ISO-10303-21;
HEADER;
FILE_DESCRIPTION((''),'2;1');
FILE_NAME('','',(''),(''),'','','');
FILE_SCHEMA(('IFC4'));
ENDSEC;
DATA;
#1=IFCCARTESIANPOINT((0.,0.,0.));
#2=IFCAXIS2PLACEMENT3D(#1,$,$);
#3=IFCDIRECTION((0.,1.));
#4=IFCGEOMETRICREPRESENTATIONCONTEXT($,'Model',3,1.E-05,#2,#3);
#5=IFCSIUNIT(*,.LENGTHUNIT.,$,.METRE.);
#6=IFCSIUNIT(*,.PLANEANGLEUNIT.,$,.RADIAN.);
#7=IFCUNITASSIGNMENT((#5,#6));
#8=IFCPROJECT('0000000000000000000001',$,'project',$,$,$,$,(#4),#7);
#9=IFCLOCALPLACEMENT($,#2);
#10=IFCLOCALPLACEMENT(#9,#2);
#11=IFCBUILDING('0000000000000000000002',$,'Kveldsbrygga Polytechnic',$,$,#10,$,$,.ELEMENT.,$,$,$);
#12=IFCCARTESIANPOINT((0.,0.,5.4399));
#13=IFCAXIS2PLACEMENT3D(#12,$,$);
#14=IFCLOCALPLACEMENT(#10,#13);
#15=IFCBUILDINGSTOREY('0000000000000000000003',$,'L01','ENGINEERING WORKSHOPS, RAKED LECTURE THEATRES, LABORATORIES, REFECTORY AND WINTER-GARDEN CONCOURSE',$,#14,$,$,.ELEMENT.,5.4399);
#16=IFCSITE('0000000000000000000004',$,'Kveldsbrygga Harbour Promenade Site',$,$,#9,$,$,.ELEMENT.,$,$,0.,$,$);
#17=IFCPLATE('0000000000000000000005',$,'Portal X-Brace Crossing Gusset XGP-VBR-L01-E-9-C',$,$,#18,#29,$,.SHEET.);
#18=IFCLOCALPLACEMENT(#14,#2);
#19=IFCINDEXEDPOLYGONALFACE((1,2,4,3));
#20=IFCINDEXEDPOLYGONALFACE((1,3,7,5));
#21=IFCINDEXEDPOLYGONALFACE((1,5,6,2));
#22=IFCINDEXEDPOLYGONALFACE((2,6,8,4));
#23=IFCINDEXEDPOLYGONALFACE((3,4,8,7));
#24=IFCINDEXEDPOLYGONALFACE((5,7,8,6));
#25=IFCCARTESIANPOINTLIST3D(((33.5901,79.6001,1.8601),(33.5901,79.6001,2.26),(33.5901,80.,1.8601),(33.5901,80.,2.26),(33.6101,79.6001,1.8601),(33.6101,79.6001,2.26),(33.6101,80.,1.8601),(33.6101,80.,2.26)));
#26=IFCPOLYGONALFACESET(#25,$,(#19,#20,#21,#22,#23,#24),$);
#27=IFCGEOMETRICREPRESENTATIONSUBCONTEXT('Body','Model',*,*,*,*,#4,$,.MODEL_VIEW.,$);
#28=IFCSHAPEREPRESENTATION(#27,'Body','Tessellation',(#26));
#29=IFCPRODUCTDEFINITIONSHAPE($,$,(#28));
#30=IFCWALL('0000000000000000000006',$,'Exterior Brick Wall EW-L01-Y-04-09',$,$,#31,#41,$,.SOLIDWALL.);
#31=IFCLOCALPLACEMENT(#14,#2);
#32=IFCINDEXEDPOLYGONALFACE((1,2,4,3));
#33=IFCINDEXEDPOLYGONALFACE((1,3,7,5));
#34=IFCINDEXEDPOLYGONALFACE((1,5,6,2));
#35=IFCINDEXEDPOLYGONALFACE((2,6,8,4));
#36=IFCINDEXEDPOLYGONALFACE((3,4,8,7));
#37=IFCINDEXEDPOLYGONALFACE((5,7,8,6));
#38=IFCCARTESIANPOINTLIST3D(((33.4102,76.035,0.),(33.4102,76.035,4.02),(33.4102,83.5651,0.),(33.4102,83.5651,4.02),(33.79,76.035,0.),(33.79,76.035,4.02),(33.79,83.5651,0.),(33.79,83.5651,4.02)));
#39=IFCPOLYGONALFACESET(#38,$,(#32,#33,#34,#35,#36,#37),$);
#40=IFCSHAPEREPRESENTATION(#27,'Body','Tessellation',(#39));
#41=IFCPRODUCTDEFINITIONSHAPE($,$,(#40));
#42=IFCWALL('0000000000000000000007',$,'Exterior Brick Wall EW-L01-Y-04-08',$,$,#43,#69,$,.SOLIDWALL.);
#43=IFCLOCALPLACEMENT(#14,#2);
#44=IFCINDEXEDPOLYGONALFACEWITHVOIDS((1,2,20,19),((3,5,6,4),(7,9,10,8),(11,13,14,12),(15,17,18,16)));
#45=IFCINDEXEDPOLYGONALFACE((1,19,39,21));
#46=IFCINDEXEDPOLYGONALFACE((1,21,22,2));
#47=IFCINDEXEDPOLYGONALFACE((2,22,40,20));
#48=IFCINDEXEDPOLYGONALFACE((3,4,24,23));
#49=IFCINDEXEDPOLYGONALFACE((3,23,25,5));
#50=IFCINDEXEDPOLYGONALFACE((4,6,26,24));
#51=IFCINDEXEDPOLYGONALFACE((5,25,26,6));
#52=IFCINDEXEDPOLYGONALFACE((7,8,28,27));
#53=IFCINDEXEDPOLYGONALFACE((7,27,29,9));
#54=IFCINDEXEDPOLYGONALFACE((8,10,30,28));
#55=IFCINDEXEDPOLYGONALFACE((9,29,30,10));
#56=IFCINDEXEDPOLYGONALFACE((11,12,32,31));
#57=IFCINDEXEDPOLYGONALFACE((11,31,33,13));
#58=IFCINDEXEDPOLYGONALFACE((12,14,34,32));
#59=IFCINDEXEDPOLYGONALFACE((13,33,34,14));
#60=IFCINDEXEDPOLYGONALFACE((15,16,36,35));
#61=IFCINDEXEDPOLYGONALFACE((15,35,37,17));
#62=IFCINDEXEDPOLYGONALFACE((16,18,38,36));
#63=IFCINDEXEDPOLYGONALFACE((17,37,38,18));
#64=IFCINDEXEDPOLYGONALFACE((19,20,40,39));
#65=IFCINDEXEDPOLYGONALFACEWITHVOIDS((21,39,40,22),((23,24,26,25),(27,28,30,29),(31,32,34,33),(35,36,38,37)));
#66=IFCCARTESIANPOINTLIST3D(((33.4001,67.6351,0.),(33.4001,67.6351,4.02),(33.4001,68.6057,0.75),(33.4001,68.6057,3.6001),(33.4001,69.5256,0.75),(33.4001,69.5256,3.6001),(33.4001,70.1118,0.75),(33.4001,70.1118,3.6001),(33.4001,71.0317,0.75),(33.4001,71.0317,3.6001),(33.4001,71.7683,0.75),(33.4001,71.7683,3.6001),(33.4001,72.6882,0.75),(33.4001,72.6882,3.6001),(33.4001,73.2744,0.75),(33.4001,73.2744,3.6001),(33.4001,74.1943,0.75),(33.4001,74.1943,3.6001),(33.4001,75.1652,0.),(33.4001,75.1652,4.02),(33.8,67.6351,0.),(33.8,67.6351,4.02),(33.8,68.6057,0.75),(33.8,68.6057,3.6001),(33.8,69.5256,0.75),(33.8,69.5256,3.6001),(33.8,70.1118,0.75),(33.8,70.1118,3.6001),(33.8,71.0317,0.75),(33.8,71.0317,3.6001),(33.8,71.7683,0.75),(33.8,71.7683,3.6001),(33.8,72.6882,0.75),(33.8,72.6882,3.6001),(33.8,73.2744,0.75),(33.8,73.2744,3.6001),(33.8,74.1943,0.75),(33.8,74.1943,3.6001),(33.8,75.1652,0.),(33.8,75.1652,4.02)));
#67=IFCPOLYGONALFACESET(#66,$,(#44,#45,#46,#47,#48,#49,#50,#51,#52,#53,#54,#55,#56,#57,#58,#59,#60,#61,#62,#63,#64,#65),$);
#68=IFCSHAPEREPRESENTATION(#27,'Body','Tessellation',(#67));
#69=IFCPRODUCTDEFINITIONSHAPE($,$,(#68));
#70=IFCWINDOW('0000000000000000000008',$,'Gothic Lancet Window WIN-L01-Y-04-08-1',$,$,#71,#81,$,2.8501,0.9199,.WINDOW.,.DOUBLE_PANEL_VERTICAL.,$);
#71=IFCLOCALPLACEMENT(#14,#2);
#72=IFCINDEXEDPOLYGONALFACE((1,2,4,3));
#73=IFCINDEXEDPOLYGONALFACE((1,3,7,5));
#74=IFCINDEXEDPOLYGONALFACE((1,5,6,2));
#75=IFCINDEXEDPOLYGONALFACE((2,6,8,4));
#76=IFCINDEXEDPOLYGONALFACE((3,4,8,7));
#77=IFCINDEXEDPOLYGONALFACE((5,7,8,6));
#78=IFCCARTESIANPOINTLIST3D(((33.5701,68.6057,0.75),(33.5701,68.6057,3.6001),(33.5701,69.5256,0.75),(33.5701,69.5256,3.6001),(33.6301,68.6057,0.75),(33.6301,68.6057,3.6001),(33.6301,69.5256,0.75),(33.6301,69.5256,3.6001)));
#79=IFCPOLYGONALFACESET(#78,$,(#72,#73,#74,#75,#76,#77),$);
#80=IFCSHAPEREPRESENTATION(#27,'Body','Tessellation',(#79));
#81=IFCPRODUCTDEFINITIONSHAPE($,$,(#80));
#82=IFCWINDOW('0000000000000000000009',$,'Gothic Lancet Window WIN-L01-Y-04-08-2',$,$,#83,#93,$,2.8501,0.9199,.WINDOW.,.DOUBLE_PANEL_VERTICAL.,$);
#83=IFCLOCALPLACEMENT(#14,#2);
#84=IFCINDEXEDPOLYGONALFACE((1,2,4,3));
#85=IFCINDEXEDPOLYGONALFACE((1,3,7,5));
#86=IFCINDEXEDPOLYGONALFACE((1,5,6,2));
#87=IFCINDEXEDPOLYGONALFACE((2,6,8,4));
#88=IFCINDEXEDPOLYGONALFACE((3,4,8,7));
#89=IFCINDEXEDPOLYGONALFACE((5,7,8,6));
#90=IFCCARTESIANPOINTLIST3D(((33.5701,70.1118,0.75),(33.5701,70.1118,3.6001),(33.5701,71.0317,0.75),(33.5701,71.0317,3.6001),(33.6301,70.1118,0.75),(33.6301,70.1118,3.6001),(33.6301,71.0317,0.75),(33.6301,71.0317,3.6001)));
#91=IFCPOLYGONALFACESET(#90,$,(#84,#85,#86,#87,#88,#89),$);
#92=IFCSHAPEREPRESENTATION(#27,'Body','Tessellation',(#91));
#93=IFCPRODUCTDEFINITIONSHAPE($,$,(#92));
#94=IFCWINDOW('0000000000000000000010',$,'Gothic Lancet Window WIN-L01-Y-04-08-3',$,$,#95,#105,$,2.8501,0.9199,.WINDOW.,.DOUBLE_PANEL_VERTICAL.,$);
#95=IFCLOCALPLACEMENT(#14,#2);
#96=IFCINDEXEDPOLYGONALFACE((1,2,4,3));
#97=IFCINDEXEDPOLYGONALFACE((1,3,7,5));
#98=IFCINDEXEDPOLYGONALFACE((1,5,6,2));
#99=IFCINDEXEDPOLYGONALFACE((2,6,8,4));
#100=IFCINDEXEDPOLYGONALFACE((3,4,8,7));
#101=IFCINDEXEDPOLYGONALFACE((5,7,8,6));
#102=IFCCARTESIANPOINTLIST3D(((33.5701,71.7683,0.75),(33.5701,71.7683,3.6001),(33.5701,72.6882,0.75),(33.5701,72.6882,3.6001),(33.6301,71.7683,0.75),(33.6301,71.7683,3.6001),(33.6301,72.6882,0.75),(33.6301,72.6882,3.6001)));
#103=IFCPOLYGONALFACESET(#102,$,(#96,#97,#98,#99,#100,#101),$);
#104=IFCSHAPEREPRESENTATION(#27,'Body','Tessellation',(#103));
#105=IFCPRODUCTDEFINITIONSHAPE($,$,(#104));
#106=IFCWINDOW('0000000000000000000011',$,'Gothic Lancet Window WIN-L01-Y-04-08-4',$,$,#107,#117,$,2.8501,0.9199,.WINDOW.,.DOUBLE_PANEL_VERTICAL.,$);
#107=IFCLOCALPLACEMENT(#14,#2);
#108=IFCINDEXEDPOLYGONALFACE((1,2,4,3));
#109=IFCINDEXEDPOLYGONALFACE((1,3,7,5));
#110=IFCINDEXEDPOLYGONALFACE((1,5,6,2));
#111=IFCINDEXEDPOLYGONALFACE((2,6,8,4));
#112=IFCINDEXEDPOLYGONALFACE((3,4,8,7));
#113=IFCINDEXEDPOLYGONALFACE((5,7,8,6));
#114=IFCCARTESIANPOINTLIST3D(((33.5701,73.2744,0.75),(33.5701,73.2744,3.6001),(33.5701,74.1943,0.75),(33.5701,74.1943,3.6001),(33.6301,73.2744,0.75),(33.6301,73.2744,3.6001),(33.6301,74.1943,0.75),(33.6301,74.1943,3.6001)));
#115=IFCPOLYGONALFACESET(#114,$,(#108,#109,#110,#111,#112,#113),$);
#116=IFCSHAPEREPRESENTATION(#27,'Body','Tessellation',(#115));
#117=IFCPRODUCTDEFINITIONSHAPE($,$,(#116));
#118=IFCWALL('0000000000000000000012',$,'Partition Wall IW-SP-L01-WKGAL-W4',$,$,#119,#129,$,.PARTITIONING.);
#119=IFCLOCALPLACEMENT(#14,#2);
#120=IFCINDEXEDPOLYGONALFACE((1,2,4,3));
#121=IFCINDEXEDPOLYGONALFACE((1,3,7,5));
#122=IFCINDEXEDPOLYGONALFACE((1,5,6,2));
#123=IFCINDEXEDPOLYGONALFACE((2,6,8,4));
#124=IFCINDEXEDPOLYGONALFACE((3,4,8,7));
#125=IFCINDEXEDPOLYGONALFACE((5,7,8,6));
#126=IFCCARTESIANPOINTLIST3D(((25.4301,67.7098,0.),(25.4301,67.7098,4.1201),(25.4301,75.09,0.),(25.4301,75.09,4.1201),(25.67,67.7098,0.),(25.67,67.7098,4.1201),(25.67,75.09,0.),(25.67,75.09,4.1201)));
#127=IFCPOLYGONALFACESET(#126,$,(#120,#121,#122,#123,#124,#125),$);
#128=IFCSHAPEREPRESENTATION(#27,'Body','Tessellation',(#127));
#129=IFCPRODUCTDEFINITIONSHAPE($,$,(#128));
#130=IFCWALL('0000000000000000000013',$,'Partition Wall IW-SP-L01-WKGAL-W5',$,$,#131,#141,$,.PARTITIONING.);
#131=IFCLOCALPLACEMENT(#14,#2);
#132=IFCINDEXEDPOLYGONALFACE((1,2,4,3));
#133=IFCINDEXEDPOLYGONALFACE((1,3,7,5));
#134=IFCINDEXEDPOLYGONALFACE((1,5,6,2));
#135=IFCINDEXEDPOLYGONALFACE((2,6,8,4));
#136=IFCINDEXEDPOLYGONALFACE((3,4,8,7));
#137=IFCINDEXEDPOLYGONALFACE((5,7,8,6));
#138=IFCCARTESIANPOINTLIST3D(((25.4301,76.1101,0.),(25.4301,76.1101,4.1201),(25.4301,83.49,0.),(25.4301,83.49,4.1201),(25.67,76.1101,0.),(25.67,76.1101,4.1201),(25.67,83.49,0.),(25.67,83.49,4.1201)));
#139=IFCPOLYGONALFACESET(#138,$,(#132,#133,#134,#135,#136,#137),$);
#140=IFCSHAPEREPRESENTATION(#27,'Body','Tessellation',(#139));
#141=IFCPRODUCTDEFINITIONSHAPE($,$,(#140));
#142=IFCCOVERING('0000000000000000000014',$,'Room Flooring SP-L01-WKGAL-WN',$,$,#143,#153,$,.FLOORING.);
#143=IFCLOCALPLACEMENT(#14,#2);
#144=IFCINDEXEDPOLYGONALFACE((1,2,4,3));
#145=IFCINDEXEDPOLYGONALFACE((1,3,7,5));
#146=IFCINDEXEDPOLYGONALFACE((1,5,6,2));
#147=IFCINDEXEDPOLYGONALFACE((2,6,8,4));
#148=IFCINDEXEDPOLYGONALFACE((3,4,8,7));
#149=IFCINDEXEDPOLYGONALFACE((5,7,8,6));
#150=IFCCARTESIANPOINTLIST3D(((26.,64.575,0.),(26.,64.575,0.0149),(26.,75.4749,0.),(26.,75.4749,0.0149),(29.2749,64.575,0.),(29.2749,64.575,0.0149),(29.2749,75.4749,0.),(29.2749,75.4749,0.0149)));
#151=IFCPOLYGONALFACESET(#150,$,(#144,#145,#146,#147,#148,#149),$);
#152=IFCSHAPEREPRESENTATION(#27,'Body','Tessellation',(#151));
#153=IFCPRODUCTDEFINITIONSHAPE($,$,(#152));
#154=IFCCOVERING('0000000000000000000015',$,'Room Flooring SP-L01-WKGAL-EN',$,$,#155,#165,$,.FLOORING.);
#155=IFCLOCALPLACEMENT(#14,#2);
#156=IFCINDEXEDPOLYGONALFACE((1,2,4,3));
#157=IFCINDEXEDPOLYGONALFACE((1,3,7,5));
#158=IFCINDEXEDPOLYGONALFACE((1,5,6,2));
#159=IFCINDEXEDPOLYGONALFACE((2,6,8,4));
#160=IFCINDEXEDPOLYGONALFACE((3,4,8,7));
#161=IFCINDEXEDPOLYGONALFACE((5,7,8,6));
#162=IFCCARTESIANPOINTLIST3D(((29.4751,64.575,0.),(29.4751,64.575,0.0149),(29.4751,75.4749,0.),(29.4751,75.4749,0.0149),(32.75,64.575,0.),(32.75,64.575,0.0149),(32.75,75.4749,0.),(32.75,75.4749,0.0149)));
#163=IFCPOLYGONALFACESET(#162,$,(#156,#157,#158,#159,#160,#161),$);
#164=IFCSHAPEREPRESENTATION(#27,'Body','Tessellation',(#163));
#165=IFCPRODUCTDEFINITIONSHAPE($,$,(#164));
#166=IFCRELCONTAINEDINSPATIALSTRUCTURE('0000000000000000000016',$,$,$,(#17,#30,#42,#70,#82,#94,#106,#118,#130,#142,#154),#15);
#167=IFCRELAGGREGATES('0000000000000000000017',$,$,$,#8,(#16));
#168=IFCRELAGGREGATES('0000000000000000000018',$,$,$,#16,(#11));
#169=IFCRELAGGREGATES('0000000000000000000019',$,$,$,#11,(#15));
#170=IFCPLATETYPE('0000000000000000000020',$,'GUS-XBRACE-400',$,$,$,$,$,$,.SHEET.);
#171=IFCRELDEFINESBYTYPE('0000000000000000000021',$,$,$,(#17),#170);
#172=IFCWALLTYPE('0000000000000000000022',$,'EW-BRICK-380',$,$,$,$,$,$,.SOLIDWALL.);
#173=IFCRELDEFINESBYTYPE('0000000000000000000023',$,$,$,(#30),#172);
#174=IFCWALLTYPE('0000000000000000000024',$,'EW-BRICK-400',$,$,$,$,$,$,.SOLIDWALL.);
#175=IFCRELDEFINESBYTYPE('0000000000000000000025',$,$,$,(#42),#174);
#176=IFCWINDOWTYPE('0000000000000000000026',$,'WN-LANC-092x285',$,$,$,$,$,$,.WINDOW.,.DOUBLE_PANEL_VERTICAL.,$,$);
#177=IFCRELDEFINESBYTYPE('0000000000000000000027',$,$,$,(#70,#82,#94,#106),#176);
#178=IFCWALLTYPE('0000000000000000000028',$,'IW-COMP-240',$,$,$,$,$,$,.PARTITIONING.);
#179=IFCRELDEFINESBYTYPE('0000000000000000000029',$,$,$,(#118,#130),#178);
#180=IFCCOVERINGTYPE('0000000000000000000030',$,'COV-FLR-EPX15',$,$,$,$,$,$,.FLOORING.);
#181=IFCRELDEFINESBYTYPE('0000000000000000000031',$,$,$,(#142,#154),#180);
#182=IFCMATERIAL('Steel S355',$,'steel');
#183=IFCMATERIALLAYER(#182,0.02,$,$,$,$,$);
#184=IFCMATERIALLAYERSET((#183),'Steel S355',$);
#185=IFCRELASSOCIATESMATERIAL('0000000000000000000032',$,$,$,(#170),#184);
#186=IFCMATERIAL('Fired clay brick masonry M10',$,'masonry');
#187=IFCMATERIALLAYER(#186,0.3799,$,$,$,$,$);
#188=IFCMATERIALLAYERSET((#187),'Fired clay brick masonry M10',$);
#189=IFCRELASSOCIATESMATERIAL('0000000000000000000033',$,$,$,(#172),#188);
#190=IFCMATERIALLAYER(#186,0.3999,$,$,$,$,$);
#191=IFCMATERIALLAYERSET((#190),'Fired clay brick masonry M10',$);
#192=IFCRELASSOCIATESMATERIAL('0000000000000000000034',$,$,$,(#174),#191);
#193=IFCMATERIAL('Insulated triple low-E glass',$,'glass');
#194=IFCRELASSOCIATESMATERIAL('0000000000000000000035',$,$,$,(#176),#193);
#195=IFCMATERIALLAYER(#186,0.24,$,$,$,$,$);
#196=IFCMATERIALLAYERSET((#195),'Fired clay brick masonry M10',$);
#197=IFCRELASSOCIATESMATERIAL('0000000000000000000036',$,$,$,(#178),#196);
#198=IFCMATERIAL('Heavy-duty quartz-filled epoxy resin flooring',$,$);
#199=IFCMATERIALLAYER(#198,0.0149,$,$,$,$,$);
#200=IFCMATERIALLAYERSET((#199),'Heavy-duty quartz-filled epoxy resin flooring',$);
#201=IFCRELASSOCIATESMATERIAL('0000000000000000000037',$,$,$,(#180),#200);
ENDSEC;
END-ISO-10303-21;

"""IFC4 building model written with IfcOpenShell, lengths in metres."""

from ifc_helpers import new_model, si_unit, direction, frame, frame_2d, origin, origin_2d, place, context, subcontext, project, spatial, rectangle, extrude, material, layer, layer_set, type_object, element, fill, save


model = new_model("IFC4")

# Units and contexts
model_context = context("Model", 3, precision=1e-05, world=origin(), true_north=direction((0.0, 1.0)))
body_context = subcontext(model_context, "Body", "Model", "MODEL_VIEW")
ifc_project = project(units=[si_unit("LENGTHUNIT", "METRE"), si_unit("PLANEANGLEUNIT", "RADIAN")], contexts=[model_context])

# Site, building, storey
site_placement = place(None, origin())
site = spatial("IfcSite", under=ifc_project, at=site_placement, Name="Kveldsbrygga Harbour Promenade Site", CompositionType="ELEMENT", RefElevation=0.0)
building_placement = place(site_placement, origin())
building = spatial("IfcBuilding", under=site, at=building_placement, Name="Kveldsbrygga Polytechnic", CompositionType="ELEMENT")
storey_placement = place(building_placement, frame((0.0, 0.0, 5.4399)))
storey = spatial("IfcBuildingStorey", under=building, at=storey_placement, Name="L01", Description="ENGINEERING WORKSHOPS, RAKED LECTURE THEATRES, LABORATORIES, REFECTORY AND WINTER-GARDEN CONCOURSE", CompositionType="ELEMENT", Elevation=5.4399)

# Shared definitions
ifc_material_1 = material(Name="Steel S355", Category="steel")

# Plate
ifc_layer_1 = layer(ifc_material_1, 0.02)
ifc_layer_set_1 = layer_set([ifc_layer_1], Name="Steel S355")
plate_type_1 = type_object("IfcPlateType", Name="GUS-XBRACE-400", PredefinedType="SHEET", material=ifc_layer_set_1)
for number, where, z_axis, x_axis, name in (
    (1, (33.6001, 79.8, 1.8601), (0.0, 0.0, 1.0), (1.0, 0.0, 0.0), "Portal X-Brace Crossing Gusset XGP-VBR-L01-E-9-C"),
):
    element("IfcPlate", number, at=place(storey_placement, frame(where, z_axis=z_axis, x_axis=x_axis)), inside=storey, type_object=plate_type_1, Name=name, PredefinedType="SHEET", context=body_context, shape_type="SweptSolid", body=[
        extrude(rectangle(XDim=0.02, YDim=0.3999, at=origin_2d()), origin(), (0.0, 0.0, 1.0), 0.3999),
    ])

# Wall
ifc_material_2 = material(Name="Fired clay brick masonry M10", Category="masonry")
ifc_layer_2 = layer(ifc_material_2, 0.3799)
ifc_layer_set_2 = layer_set([ifc_layer_2], Name="Fired clay brick masonry M10")
wall_type_1 = type_object("IfcWallType", Name="EW-BRICK-380", PredefinedType="SOLIDWALL", material=ifc_layer_set_2)
wall_1_placement = place(storey_placement, frame((33.6001, 76.0349, 0.0), z_axis=(0.0, 0.0, 1.0), x_axis=(0.0, 1.0, 0.0)))
element("IfcWall", 2, at=wall_1_placement, inside=storey, type_object=wall_type_1, Name="Exterior Brick Wall EW-L01-Y-04-09", PredefinedType="SOLIDWALL", context=body_context, shape_type="SweptSolid", body=[
    extrude(rectangle(XDim=7.53, YDim=0.3799, at=frame_2d((3.7651, 0.0))), origin(), (0.0, 0.0, 1.0), 4.02),
])

# Wall, openings, windows
ifc_layer_3 = layer(ifc_material_2, 0.3999)
ifc_layer_set_3 = layer_set([ifc_layer_3], Name="Fired clay brick masonry M10")
wall_type_2 = type_object("IfcWallType", Name="EW-BRICK-400", PredefinedType="SOLIDWALL", material=ifc_layer_set_3)
wall_2_placement = place(storey_placement, frame((33.6001, 67.635, 0.0), z_axis=(0.0, 0.0, 1.0), x_axis=(0.0, 1.0, 0.0)))
wall_2 = element("IfcWall", 3, at=wall_2_placement, inside=storey, type_object=wall_type_2, Name="Exterior Brick Wall EW-L01-Y-04-08", PredefinedType="SOLIDWALL", context=body_context, shape_type="SweptSolid", body=[
    extrude(rectangle(XDim=7.53, YDim=0.3999, at=frame_2d((3.7651, 0.0))), origin(), (0.0, 0.0, 1.0), 4.02),
])
opening_1_placement = place(wall_2_placement, frame((0.9707, 0.0, 0.75)))
opening_1 = element("IfcOpeningElement", 4, at=opening_1_placement, cuts=wall_2, PredefinedType="OPENING", context=body_context, shape_type="SweptSolid", body=[
    extrude(rectangle(XDim=0.9199, YDim=2.8501, at=frame_2d((0.46, 1.425))), frame((0.0, 0.21, 0.0), z_axis=(0.0, -1.0, 0.0), x_axis=(1.0, 0.0, 0.0)), (0.0, 0.0, 1.0), 0.4199),
])
opening_2_placement = place(wall_2_placement, frame((2.4768, 0.0, 0.75)))
opening_2 = element("IfcOpeningElement", 5, at=opening_2_placement, cuts=wall_2, PredefinedType="OPENING", context=body_context, shape_type="SweptSolid", body=[
    extrude(rectangle(XDim=0.9199, YDim=2.8501, at=frame_2d((0.46, 1.425))), frame((0.0, 0.21, 0.0), z_axis=(0.0, -1.0, 0.0), x_axis=(1.0, 0.0, 0.0)), (0.0, 0.0, 1.0), 0.4199),
])
opening_3_placement = place(wall_2_placement, frame((4.1333, 0.0, 0.75)))
opening_3 = element("IfcOpeningElement", 6, at=opening_3_placement, cuts=wall_2, PredefinedType="OPENING", context=body_context, shape_type="SweptSolid", body=[
    extrude(rectangle(XDim=0.9199, YDim=2.8501, at=frame_2d((0.46, 1.425))), frame((0.0, 0.21, 0.0), z_axis=(0.0, -1.0, 0.0), x_axis=(1.0, 0.0, 0.0)), (0.0, 0.0, 1.0), 0.4199),
])
opening_4_placement = place(wall_2_placement, frame((5.6394, 0.0, 0.75)))
opening_4 = element("IfcOpeningElement", 7, at=opening_4_placement, cuts=wall_2, PredefinedType="OPENING", context=body_context, shape_type="SweptSolid", body=[
    extrude(rectangle(XDim=0.9199, YDim=2.8501, at=frame_2d((0.46, 1.425))), frame((0.0, 0.21, 0.0), z_axis=(0.0, -1.0, 0.0), x_axis=(1.0, 0.0, 0.0)), (0.0, 0.0, 1.0), 0.4199),
])
ifc_material_3 = material(Name="Insulated triple low-E glass", Category="glass")
window_type = type_object("IfcWindowType", Name="WN-LANC-092x285", PartitioningType="DOUBLE_PANEL_VERTICAL", PredefinedType="WINDOW", material=ifc_material_3)
window_1_placement = place(opening_1_placement, origin())
window_1 = element("IfcWindow", 8, at=window_1_placement, inside=storey, type_object=window_type, Name="Gothic Lancet Window WIN-L01-Y-04-08-1", OverallHeight=2.8501, OverallWidth=0.9199, PartitioningType="DOUBLE_PANEL_VERTICAL", PredefinedType="WINDOW", context=body_context, shape_type="SweptSolid", body=[
    extrude(rectangle(XDim=0.9199, YDim=2.8501, at=frame_2d((0.46, 1.425))), frame((0.0, 0.03, 0.0), z_axis=(0.0, -1.0, 0.0), x_axis=(1.0, 0.0, 0.0)), (0.0, 0.0, 1.0), 0.0601),
])
fill(opening_1, window_1)
window_2_placement = place(opening_2_placement, origin())
window_2 = element("IfcWindow", 9, at=window_2_placement, inside=storey, type_object=window_type, Name="Gothic Lancet Window WIN-L01-Y-04-08-2", OverallHeight=2.8501, OverallWidth=0.9199, PartitioningType="DOUBLE_PANEL_VERTICAL", PredefinedType="WINDOW", context=body_context, shape_type="SweptSolid", body=[
    extrude(rectangle(XDim=0.9199, YDim=2.8501, at=frame_2d((0.46, 1.425))), frame((0.0, 0.03, 0.0), z_axis=(0.0, -1.0, 0.0), x_axis=(1.0, 0.0, 0.0)), (0.0, 0.0, 1.0), 0.0601),
])
fill(opening_2, window_2)
window_3_placement = place(opening_3_placement, origin())
window_3 = element("IfcWindow", 10, at=window_3_placement, inside=storey, type_object=window_type, Name="Gothic Lancet Window WIN-L01-Y-04-08-3", OverallHeight=2.8501, OverallWidth=0.9199, PartitioningType="DOUBLE_PANEL_VERTICAL", PredefinedType="WINDOW", context=body_context, shape_type="SweptSolid", body=[
    extrude(rectangle(XDim=0.9199, YDim=2.8501, at=frame_2d((0.46, 1.425))), frame((0.0, 0.03, 0.0), z_axis=(0.0, -1.0, 0.0), x_axis=(1.0, 0.0, 0.0)), (0.0, 0.0, 1.0), 0.0601),
])
fill(opening_3, window_3)
window_4_placement = place(opening_4_placement, origin())
window_4 = element("IfcWindow", 11, at=window_4_placement, inside=storey, type_object=window_type, Name="Gothic Lancet Window WIN-L01-Y-04-08-4", OverallHeight=2.8501, OverallWidth=0.9199, PartitioningType="DOUBLE_PANEL_VERTICAL", PredefinedType="WINDOW", context=body_context, shape_type="SweptSolid", body=[
    extrude(rectangle(XDim=0.9199, YDim=2.8501, at=frame_2d((0.46, 1.425))), frame((0.0, 0.03, 0.0), z_axis=(0.0, -1.0, 0.0), x_axis=(1.0, 0.0, 0.0)), (0.0, 0.0, 1.0), 0.0601),
])
fill(opening_4, window_4)

# Walls
ifc_layer_4 = layer(ifc_material_2, 0.24)
ifc_layer_set_4 = layer_set([ifc_layer_4], Name="Fired clay brick masonry M10")
wall_type_3 = type_object("IfcWallType", Name="IW-COMP-240", PredefinedType="PARTITIONING", material=ifc_layer_set_4)
wall_3_placement = place(storey_placement, frame((25.55, 67.71, 0.0), z_axis=(0.0, 0.0, 1.0), x_axis=(0.0, 1.0, 0.0)))
element("IfcWall", 12, at=wall_3_placement, inside=storey, type_object=wall_type_3, Name="Partition Wall IW-SP-L01-WKGAL-W4", PredefinedType="PARTITIONING", context=body_context, shape_type="SweptSolid", body=[
    extrude(rectangle(XDim=7.3801, YDim=0.24, at=frame_2d((3.6899, 0.0))), origin(), (0.0, 0.0, 1.0), 4.1201),
])
wall_4_placement = place(storey_placement, frame((25.55, 76.1101, 0.0), z_axis=(0.0, 0.0, 1.0), x_axis=(0.0, 1.0, 0.0)))
element("IfcWall", 13, at=wall_4_placement, inside=storey, type_object=wall_type_3, Name="Partition Wall IW-SP-L01-WKGAL-W5", PredefinedType="PARTITIONING", context=body_context, shape_type="SweptSolid", body=[
    extrude(rectangle(XDim=7.3799, YDim=0.24, at=frame_2d((3.6899, 0.0))), origin(), (0.0, 0.0, 1.0), 4.1201),
])

# Coverings
ifc_material_4 = material(Name="Heavy-duty quartz-filled epoxy resin flooring")
ifc_layer_5 = layer(ifc_material_4, 0.0149)
ifc_layer_set_5 = layer_set([ifc_layer_5], Name="Heavy-duty quartz-filled epoxy resin flooring")
covering_type = type_object("IfcCoveringType", Name="COV-FLR-EPX15", PredefinedType="FLOORING", material=ifc_layer_set_5)
for number, where, z_axis, x_axis, name in (
    (14, (27.6375, 70.0249, 0.0), (0.0, 0.0, 1.0), (1.0, 0.0, 0.0), "Room Flooring SP-L01-WKGAL-WN"),
    (15, (31.1125, 70.0249, 0.0), (0.0, 0.0, 1.0), (1.0, 0.0, 0.0), "Room Flooring SP-L01-WKGAL-EN"),
):
    element("IfcCovering", number, at=place(storey_placement, frame(where, z_axis=z_axis, x_axis=x_axis)), inside=storey, type_object=covering_type, Name=name, PredefinedType="FLOORING", context=body_context, shape_type="SweptSolid", body=[
        extrude(rectangle(XDim=3.2749, YDim=10.8999, at=origin_2d()), origin(), (0.0, 0.0, 1.0), 0.0149),
    ])

save(model, "model.ifc")
